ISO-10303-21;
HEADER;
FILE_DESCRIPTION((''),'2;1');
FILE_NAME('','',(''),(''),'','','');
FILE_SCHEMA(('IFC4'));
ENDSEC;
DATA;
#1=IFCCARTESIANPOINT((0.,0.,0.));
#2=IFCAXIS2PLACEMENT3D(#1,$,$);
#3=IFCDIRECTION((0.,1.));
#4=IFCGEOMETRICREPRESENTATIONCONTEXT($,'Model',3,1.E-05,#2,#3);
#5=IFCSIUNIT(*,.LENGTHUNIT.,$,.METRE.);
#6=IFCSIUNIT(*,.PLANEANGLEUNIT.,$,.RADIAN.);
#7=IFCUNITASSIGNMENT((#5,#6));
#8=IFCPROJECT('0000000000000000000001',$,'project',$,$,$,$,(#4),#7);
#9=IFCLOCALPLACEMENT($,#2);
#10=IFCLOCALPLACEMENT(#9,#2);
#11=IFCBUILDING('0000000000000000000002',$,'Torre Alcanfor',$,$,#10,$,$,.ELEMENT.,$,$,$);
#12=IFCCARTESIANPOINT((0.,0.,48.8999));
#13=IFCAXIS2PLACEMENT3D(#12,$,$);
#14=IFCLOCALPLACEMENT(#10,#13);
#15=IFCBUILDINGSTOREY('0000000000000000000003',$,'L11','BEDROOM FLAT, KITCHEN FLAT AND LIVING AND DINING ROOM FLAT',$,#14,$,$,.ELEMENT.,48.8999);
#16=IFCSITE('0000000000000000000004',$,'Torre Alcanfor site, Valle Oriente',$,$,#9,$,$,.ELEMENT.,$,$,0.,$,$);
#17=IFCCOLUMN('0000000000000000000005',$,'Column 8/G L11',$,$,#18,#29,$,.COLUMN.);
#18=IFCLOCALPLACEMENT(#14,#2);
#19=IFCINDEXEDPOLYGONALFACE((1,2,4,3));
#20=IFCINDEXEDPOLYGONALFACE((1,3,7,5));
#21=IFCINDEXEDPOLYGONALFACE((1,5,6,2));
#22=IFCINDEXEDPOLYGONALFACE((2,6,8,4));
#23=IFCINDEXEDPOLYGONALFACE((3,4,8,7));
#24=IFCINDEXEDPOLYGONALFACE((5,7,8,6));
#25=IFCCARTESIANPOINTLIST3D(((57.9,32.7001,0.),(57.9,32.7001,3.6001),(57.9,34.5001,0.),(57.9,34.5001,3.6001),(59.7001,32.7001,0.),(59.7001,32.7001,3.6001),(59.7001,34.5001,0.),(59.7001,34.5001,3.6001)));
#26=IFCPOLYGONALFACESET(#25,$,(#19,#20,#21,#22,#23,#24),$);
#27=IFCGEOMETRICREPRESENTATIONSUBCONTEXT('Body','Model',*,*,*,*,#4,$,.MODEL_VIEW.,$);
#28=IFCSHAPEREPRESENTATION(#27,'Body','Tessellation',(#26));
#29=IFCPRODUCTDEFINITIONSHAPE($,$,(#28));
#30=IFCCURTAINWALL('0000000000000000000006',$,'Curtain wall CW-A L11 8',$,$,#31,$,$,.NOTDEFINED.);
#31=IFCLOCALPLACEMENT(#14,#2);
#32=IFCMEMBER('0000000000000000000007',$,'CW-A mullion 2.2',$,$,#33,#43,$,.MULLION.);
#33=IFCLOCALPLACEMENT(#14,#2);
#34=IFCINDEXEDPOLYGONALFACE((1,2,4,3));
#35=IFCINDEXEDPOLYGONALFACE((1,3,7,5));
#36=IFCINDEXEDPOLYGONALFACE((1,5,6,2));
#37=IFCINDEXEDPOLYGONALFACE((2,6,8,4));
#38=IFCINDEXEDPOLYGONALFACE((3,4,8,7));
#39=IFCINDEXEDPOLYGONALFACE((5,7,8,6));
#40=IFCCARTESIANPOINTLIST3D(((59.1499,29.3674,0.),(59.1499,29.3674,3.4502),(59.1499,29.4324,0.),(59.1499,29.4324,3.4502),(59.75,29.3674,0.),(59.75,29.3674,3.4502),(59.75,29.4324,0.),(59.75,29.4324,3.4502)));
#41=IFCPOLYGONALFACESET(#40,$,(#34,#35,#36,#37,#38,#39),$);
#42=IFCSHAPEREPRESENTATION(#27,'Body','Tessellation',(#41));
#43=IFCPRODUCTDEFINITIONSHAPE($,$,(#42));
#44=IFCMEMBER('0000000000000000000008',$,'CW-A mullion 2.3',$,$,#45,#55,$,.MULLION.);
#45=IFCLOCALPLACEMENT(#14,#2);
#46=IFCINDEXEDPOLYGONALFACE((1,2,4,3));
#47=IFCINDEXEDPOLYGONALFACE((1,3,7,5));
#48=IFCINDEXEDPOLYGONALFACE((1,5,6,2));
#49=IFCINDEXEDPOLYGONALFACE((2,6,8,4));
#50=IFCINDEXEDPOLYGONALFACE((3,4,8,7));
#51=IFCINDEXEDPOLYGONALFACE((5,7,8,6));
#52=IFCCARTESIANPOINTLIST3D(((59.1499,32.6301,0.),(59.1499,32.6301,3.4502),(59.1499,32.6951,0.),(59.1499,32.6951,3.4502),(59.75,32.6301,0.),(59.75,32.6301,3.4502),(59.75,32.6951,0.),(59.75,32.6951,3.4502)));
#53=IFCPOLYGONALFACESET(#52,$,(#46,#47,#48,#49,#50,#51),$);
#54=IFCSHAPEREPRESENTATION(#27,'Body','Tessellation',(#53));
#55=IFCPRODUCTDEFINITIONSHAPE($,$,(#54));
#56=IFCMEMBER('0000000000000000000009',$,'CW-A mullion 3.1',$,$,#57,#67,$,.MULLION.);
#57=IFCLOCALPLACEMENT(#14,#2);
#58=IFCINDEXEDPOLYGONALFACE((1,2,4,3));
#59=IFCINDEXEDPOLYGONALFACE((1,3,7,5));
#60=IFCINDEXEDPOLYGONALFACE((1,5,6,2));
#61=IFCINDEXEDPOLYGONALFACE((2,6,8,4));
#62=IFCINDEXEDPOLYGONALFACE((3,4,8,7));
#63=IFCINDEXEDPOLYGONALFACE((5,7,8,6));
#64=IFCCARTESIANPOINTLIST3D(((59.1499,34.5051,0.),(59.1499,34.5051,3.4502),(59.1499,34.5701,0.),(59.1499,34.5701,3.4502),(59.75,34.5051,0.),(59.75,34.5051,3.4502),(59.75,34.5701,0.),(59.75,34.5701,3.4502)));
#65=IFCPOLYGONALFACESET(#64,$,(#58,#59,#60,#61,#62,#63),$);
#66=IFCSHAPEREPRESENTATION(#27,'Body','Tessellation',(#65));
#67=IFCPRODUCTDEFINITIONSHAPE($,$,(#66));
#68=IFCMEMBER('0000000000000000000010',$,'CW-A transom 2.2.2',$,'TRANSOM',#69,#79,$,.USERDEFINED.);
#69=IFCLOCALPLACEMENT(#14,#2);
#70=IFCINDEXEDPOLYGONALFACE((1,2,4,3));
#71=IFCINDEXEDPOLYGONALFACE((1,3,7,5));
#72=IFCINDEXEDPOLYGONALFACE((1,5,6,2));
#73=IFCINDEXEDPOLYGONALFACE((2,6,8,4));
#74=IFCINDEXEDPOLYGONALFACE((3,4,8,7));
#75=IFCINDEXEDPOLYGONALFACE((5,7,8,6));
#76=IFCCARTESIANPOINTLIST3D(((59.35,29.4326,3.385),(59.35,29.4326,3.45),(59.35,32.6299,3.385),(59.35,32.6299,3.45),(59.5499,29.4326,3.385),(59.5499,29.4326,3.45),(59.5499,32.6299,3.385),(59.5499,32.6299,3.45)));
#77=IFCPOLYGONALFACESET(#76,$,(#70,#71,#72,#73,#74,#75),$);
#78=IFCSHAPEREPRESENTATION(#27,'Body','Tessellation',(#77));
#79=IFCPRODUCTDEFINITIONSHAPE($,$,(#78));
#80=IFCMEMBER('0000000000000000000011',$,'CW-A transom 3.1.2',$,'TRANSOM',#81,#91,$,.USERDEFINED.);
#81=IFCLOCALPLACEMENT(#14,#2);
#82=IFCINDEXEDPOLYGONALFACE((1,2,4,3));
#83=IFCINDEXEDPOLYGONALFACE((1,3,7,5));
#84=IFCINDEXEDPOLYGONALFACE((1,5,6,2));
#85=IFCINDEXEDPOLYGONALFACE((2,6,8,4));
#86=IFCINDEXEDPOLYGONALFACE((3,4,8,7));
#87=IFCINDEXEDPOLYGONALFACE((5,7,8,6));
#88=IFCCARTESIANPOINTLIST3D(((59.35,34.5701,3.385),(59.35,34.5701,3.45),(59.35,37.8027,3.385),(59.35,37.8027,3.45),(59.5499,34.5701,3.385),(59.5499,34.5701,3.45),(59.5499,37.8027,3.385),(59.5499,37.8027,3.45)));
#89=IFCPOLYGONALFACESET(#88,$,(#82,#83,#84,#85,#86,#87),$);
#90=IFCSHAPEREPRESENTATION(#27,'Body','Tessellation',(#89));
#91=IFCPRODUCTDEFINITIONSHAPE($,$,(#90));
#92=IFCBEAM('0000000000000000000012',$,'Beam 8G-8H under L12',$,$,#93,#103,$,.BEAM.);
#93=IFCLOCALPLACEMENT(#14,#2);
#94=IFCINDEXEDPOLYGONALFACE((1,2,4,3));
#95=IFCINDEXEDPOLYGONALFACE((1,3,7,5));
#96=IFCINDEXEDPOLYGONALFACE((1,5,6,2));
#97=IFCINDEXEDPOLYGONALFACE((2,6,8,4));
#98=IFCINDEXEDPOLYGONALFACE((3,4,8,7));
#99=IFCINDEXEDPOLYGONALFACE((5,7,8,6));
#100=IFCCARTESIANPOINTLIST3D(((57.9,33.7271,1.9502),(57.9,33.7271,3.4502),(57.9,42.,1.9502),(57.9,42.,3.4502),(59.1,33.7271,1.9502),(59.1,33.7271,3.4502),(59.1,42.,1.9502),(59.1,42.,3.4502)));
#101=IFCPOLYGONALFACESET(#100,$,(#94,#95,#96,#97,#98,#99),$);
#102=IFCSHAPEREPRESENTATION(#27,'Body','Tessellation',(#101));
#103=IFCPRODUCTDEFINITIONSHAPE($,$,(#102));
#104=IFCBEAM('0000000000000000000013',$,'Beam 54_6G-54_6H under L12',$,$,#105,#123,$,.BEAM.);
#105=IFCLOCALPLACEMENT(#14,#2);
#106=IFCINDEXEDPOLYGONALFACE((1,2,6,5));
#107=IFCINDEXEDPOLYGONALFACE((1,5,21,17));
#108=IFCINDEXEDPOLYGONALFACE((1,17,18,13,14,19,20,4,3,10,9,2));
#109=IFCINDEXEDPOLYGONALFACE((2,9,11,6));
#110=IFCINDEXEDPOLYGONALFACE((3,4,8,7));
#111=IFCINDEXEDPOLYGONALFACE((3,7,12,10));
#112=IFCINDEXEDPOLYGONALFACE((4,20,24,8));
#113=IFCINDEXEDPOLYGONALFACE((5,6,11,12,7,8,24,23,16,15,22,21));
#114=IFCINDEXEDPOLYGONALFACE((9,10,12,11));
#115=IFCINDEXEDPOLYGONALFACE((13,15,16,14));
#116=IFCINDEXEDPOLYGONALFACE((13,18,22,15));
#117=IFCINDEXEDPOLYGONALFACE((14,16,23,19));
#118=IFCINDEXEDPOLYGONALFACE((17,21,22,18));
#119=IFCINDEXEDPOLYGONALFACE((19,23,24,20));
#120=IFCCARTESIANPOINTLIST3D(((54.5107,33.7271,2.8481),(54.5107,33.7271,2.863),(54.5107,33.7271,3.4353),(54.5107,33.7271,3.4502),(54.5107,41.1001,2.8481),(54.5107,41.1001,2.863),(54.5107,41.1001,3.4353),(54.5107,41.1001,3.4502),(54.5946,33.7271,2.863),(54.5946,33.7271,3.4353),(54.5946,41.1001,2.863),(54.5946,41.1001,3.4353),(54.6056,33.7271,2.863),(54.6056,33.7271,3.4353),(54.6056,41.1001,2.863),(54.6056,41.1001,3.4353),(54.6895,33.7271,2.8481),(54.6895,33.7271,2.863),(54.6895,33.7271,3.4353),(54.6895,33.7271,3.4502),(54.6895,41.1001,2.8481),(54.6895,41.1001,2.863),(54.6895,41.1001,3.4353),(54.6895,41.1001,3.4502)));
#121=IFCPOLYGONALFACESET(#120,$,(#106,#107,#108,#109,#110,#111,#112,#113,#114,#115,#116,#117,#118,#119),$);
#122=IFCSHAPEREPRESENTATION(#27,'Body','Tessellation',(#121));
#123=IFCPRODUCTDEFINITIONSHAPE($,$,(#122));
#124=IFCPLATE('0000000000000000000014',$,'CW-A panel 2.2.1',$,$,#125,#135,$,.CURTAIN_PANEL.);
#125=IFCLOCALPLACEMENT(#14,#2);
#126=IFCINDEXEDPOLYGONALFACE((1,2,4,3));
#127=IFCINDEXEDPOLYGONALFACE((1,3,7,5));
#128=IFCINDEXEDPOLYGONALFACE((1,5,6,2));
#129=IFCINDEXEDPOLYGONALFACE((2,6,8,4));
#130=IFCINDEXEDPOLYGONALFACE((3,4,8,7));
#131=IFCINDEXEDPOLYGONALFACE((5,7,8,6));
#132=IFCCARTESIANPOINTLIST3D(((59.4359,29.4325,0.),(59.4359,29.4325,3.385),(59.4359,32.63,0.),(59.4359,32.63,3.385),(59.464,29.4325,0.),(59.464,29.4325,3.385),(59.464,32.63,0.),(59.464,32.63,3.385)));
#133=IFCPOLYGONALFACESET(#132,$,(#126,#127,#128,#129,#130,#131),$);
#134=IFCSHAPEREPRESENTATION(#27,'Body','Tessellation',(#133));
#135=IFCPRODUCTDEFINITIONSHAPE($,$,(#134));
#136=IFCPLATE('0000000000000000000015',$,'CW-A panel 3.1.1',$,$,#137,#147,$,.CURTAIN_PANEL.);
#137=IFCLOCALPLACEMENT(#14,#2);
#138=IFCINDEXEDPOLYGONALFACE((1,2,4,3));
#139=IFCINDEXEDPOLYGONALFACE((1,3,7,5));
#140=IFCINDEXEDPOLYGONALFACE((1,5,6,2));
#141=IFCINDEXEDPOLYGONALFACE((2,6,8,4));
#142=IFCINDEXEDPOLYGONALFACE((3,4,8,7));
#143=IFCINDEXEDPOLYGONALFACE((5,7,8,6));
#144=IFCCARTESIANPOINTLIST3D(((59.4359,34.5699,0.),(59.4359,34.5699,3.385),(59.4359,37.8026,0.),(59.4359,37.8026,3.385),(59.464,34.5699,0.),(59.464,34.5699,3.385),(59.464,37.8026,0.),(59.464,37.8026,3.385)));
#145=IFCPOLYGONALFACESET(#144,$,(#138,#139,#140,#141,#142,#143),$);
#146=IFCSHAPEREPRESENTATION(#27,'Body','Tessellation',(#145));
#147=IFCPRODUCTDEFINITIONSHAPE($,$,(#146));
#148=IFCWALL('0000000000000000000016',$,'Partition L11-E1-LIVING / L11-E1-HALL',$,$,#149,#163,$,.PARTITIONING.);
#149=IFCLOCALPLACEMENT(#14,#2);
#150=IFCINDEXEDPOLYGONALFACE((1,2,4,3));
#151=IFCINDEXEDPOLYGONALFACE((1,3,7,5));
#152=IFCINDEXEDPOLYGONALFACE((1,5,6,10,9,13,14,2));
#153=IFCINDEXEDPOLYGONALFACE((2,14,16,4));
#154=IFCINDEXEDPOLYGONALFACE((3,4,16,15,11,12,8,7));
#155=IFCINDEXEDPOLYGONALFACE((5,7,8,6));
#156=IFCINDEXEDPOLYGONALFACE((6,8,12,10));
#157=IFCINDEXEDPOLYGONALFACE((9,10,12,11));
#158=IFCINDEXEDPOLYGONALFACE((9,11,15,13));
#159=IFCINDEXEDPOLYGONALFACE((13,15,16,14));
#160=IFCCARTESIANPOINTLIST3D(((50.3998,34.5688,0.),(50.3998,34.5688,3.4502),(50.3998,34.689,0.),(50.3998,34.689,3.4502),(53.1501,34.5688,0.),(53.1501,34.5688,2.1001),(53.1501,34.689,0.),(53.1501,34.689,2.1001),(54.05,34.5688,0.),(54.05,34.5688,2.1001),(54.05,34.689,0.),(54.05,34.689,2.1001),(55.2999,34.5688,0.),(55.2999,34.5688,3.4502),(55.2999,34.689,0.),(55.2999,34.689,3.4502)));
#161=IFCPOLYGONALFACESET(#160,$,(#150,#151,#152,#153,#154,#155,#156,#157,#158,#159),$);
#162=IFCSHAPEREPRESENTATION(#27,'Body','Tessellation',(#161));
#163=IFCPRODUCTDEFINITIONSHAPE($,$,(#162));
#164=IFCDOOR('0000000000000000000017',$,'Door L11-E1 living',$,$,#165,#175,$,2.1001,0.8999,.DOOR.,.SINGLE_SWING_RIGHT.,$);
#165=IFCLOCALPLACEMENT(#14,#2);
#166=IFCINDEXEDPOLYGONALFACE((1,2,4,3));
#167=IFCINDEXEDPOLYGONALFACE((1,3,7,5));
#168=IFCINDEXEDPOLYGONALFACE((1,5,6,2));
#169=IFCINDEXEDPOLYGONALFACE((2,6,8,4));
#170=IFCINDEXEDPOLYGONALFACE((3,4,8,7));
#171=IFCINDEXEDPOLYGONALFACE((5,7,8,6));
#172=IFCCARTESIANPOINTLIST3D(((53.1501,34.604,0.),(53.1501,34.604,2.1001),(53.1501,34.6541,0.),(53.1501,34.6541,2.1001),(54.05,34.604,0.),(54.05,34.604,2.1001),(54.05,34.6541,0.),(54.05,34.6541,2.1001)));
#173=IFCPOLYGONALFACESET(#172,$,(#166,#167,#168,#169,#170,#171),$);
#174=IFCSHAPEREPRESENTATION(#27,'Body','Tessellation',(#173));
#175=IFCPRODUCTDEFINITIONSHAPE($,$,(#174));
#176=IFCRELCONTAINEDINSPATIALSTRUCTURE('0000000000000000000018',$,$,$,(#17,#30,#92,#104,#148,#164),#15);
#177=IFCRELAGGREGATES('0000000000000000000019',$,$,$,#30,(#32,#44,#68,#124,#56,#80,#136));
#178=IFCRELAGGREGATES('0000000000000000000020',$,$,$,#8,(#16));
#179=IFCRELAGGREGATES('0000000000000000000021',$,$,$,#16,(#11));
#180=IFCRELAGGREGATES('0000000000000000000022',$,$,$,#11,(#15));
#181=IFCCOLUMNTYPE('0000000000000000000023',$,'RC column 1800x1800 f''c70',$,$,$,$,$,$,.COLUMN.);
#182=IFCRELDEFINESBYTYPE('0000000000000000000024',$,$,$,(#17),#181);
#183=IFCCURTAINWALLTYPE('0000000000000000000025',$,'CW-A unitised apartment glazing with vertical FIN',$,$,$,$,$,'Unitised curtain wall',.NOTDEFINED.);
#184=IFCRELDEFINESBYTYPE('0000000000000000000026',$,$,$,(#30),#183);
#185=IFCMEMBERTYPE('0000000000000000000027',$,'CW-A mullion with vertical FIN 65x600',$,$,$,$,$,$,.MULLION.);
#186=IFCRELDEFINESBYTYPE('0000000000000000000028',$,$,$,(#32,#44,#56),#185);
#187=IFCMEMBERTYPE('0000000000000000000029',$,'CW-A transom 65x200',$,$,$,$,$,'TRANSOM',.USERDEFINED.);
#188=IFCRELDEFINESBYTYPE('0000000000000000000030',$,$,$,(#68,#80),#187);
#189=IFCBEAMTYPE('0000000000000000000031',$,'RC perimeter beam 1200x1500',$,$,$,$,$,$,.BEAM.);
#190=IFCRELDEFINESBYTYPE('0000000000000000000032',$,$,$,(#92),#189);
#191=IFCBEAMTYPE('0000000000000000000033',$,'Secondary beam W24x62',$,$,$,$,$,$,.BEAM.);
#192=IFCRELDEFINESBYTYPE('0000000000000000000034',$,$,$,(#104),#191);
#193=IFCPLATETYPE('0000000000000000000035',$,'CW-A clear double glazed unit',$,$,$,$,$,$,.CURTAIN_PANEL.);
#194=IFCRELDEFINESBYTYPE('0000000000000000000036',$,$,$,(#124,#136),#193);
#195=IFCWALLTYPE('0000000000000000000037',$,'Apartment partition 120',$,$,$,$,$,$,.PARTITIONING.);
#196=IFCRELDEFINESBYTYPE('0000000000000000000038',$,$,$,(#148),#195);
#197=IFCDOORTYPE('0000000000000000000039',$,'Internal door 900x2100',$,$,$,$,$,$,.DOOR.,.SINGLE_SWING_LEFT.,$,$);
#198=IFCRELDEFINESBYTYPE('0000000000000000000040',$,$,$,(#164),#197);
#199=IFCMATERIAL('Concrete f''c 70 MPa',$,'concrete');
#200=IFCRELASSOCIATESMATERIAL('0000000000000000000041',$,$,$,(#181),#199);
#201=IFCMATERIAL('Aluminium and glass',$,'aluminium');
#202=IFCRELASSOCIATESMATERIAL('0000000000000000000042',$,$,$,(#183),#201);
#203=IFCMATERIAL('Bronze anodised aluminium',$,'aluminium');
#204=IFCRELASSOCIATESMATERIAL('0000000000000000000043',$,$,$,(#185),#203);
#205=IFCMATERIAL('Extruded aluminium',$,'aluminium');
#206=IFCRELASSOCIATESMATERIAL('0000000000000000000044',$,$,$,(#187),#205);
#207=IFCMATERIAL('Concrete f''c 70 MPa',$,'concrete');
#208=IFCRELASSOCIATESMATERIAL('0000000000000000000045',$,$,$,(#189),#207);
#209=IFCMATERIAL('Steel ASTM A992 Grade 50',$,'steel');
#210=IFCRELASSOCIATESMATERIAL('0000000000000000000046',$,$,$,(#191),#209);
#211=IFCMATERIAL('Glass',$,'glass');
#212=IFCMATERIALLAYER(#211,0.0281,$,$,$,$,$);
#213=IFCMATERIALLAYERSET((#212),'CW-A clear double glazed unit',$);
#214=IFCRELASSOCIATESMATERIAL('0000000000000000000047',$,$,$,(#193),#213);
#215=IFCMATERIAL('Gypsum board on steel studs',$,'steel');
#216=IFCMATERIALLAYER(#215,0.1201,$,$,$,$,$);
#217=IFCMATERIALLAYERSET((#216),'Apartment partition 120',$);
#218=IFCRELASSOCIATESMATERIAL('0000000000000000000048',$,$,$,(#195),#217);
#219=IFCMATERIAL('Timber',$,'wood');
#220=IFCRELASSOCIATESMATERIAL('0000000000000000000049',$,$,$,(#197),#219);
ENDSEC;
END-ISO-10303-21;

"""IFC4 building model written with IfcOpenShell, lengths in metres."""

from ifc_helpers import new_model, si_unit, direction, frame, frame_2d, origin, origin_2d, place, context, subcontext, project, spatial, rectangle, i_section, extrude, material, layer, layer_set, material_profile, profile_set, type_object, element, fill, aggregate, save


model = new_model("IFC4")

# Units and contexts
model_context = context("Model", 3, precision=1e-05, world=origin(), true_north=direction((0.0, 1.0)))
body_context = subcontext(model_context, "Body", "Model", "MODEL_VIEW")
ifc_project = project(units=[si_unit("LENGTHUNIT", "METRE"), si_unit("PLANEANGLEUNIT", "RADIAN")], contexts=[model_context])

# Site, building, storey
site_placement = place(None, origin())
site = spatial("IfcSite", under=ifc_project, at=site_placement, Name="Torre Alcanfor site, Valle Oriente", CompositionType="ELEMENT", RefElevation=0.0)
building_placement = place(site_placement, origin())
building = spatial("IfcBuilding", under=site, at=building_placement, Name="Torre Alcanfor", CompositionType="ELEMENT")
storey_placement = place(building_placement, frame((0.0, 0.0, 48.8999)))
storey = spatial("IfcBuildingStorey", under=building, at=storey_placement, Name="L11", Description="BEDROOM FLAT, KITCHEN FLAT AND LIVING AND DINING ROOM FLAT", CompositionType="ELEMENT", Elevation=48.8999)

# Column
ifc_material_1 = material(Name="Concrete f'c 70 MPa", Category="concrete")
ifc_material_profile_1 = material_profile(ifc_material_1, rectangle(XDim=1.8, YDim=1.8, at=origin_2d()), Name="1800x1800")
ifc_profile_set_1 = profile_set([ifc_material_profile_1], Name="Concrete f'c 70 MPa")
column_type = type_object("IfcColumnType", Name="RC column 1800x1800 f'c70", PredefinedType="COLUMN", material=ifc_profile_set_1)
column_placement = place(storey_placement, frame((58.8, 33.6001, 0.0), z_axis=(0.0, 0.0, 1.0), x_axis=(1.0, 0.0, 0.0)))
element("IfcColumn", 1, at=column_placement, inside=storey, type_object=column_type, Name="Column 8/G L11", PredefinedType="COLUMN", context=body_context, shape_type="SweptSolid", body=[
    extrude(rectangle(XDim=1.8, YDim=1.8, at=origin_2d()), origin(), (0.0, 0.0, 1.0), 3.6001),
])

# Curtain wall, members
ifc_material_2 = material(Name="Aluminium and glass", Category="aluminium")
curtain_wall_type = type_object("IfcCurtainWallType", Name="CW-A unitised apartment glazing with vertical FIN", ElementType="Unitised curtain wall", PredefinedType="NOTDEFINED", material=ifc_material_2)
curtain_wall_placement = place(storey_placement, origin())
curtain_wall = element("IfcCurtainWall", 2, at=curtain_wall_placement, inside=storey, type_object=curtain_wall_type, Name="Curtain wall CW-A L11 8", PredefinedType="NOTDEFINED")
ifc_material_3 = material(Name="Bronze anodised aluminium", Category="aluminium")
ifc_material_profile_2 = material_profile(ifc_material_3, rectangle(XDim=0.6001, YDim=0.0649, at=origin_2d()), Name="CW-A mullion 65x600")
ifc_profile_set_2 = profile_set([ifc_material_profile_2], Name="Bronze anodised aluminium")
member_type_1 = type_object("IfcMemberType", Name="CW-A mullion with vertical FIN 65x600", PredefinedType="MULLION", material=ifc_profile_set_2)
member_1_placement = place(storey_placement, frame((59.45, 29.3999, 0.0), z_axis=(0.0, 0.0, 1.0), x_axis=(-1.0, 0.0, 0.0)))
member_1 = element("IfcMember", 3, at=member_1_placement, type_object=member_type_1, Name="CW-A mullion 2.2", PredefinedType="MULLION", context=body_context, shape_type="SweptSolid", body=[
    extrude(rectangle(XDim=0.6001, YDim=0.0649, at=origin_2d()), origin(), (0.0, 0.0, 1.0), 3.4502),
])
member_2_placement = place(storey_placement, frame((59.45, 32.6626, 0.0), z_axis=(0.0, 0.0, 1.0), x_axis=(-1.0, 0.0, 0.0)))
member_2 = element("IfcMember", 4, at=member_2_placement, type_object=member_type_1, Name="CW-A mullion 2.3", PredefinedType="MULLION", context=body_context, shape_type="SweptSolid", body=[
    extrude(rectangle(XDim=0.6001, YDim=0.0649, at=origin_2d()), origin(), (0.0, 0.0, 1.0), 3.4502),
])
member_3_placement = place(storey_placement, frame((59.45, 34.5376, 0.0), z_axis=(0.0, 0.0, 1.0), x_axis=(-1.0, 0.0, 0.0)))
member_3 = element("IfcMember", 5, at=member_3_placement, type_object=member_type_1, Name="CW-A mullion 3.1", PredefinedType="MULLION", context=body_context, shape_type="SweptSolid", body=[
    extrude(rectangle(XDim=0.6001, YDim=0.0649, at=origin_2d()), origin(), (0.0, 0.0, 1.0), 3.4502),
])
ifc_material_4 = material(Name="Extruded aluminium", Category="aluminium")
ifc_material_profile_3 = material_profile(ifc_material_4, rectangle(XDim=0.2, YDim=0.0649, at=origin_2d()), Name="CW-A transom 200x65")
ifc_profile_set_3 = profile_set([ifc_material_profile_3], Name="Extruded aluminium")
member_type_2 = type_object("IfcMemberType", Name="CW-A transom 65x200", ElementType="TRANSOM", PredefinedType="USERDEFINED", material=ifc_profile_set_3)
member_4_placement = place(storey_placement, frame((59.45, 29.4326, 3.4175), z_axis=(0.0, 1.0, 0.0), x_axis=(-1.0, 0.0, 0.0)))
member_4 = element("IfcMember", 6, at=member_4_placement, type_object=member_type_2, Name="CW-A transom 2.2.2", ObjectType="TRANSOM", PredefinedType="USERDEFINED", context=body_context, shape_type="SweptSolid", body=[
    extrude(rectangle(XDim=0.2, YDim=0.0649, at=origin_2d()), origin(), (0.0, 0.0, 1.0), 3.1973),
])
member_5_placement = place(storey_placement, frame((59.45, 34.5701, 3.4175), z_axis=(0.0, 1.0, 0.0), x_axis=(-1.0, 0.0, 0.0)))
member_5 = element("IfcMember", 7, at=member_5_placement, type_object=member_type_2, Name="CW-A transom 3.1.2", ObjectType="TRANSOM", PredefinedType="USERDEFINED", context=body_context, shape_type="SweptSolid", body=[
    extrude(rectangle(XDim=0.2, YDim=0.0649, at=origin_2d()), origin(), (0.0, 0.0, 1.0), 3.2327),
])

# Beams
ifc_material_5 = material(Name="Concrete f'c 70 MPa", Category="concrete")
ifc_material_profile_4 = material_profile(ifc_material_5, rectangle(XDim=1.2, YDim=1.5, at=origin_2d()), Name="1200x1500")
ifc_profile_set_4 = profile_set([ifc_material_profile_4], Name="Concrete f'c 70 MPa")
beam_type_1 = type_object("IfcBeamType", Name="RC perimeter beam 1200x1500", PredefinedType="BEAM", material=ifc_profile_set_4)
beam_1_placement = place(storey_placement, frame((58.5, 33.7271, 2.7002), z_axis=(0.0, 1.0, 0.0), x_axis=(-1.0, 0.0, 0.0)))
element("IfcBeam", 8, at=beam_1_placement, inside=storey, type_object=beam_type_1, Name="Beam 8G-8H under L12", PredefinedType="BEAM", context=body_context, shape_type="SweptSolid", body=[
    extrude(rectangle(XDim=1.2, YDim=1.5, at=origin_2d()), origin(), (0.0, 0.0, 1.0), 8.2729),
])
ifc_material_6 = material(Name="Steel ASTM A992 Grade 50", Category="steel")
ifc_material_profile_5 = material_profile(ifc_material_6, i_section(OverallWidth=0.1787, OverallDepth=0.6021, WebThickness=0.011, FlangeThickness=0.0149, at=origin_2d()), Name="W24x62")
ifc_profile_set_5 = profile_set([ifc_material_profile_5], Name="Steel ASTM A992 Grade 50")
beam_type_2 = type_object("IfcBeamType", Name="Secondary beam W24x62", PredefinedType="BEAM", material=ifc_profile_set_5)
beam_2_placement = place(storey_placement, frame((54.6001, 33.7271, 3.1492), z_axis=(0.0, 1.0, 0.0), x_axis=(-1.0, 0.0, 0.0)))
element("IfcBeam", 9, at=beam_2_placement, inside=storey, type_object=beam_type_2, Name="Beam 54_6G-54_6H under L12", PredefinedType="BEAM", context=body_context, shape_type="SweptSolid", body=[
    extrude(i_section(OverallWidth=0.1787, OverallDepth=0.6021, WebThickness=0.011, FlangeThickness=0.0149, at=origin_2d()), origin(), (0.0, 0.0, 1.0), 7.373),
])

# Plates
ifc_material_7 = material(Name="Glass", Category="glass")
ifc_layer_1 = layer(ifc_material_7, 0.0281)
ifc_layer_set_1 = layer_set([ifc_layer_1], Name="CW-A clear double glazed unit")
plate_type = type_object("IfcPlateType", Name="CW-A clear double glazed unit", PredefinedType="CURTAIN_PANEL", material=ifc_layer_set_1)
plate_1_placement = place(storey_placement, frame((59.45, 31.0312, 0.0), z_axis=(0.0, 0.0, 1.0), x_axis=(0.0, 1.0, 0.0)))
plate_1 = element("IfcPlate", 10, at=plate_1_placement, type_object=plate_type, Name="CW-A panel 2.2.1", PredefinedType="CURTAIN_PANEL", context=body_context, shape_type="SweptSolid", body=[
    extrude(rectangle(XDim=3.1975, YDim=0.0281, at=origin_2d()), origin(), (0.0, 0.0, 1.0), 3.385),
])
plate_2_placement = place(storey_placement, frame((59.45, 36.1863, 0.0), z_axis=(0.0, 0.0, 1.0), x_axis=(0.0, 1.0, 0.0)))
plate_2 = element("IfcPlate", 11, at=plate_2_placement, type_object=plate_type, Name="CW-A panel 3.1.1", PredefinedType="CURTAIN_PANEL", context=body_context, shape_type="SweptSolid", body=[
    extrude(rectangle(XDim=3.2327, YDim=0.0281, at=origin_2d()), origin(), (0.0, 0.0, 1.0), 3.385),
])
aggregate(curtain_wall, [member_1, member_2, member_4, plate_1, member_3, member_5, plate_2])

# Wall, opening, door
ifc_material_8 = material(Name="Gypsum board on steel studs", Category="steel")
ifc_layer_2 = layer(ifc_material_8, 0.1201)
ifc_layer_set_2 = layer_set([ifc_layer_2], Name="Apartment partition 120")
wall_type = type_object("IfcWallType", Name="Apartment partition 120", PredefinedType="PARTITIONING", material=ifc_layer_set_2)
wall_1_placement = place(storey_placement, frame((55.3, 34.6289, 0.0), z_axis=(0.0, 0.0, 1.0), x_axis=(-1.0, 0.0, 0.0)))
wall_1 = element("IfcWall", 12, at=wall_1_placement, inside=storey, type_object=wall_type, Name="Partition L11-E1-LIVING / L11-E1-HALL", PredefinedType="PARTITIONING", context=body_context, shape_type="SweptSolid", body=[
    extrude(rectangle(XDim=4.9001, YDim=0.1201, at=frame_2d((2.4502, 0.0))), origin(), (0.0, 0.0, 1.0), 3.4502),
])
opening_1_placement = place(wall_1_placement, frame((1.25, 0.0, 0.0)))
opening_1 = element("IfcOpeningElement", 13, at=opening_1_placement, cuts=wall_1, PredefinedType="OPENING", context=body_context, shape_type="SweptSolid", body=[
    extrude(rectangle(XDim=0.8999, YDim=2.1001, at=frame_2d((0.45, 1.05))), frame((0.0, 0.0701, 0.0), z_axis=(0.0, -1.0, 0.0), x_axis=(1.0, 0.0, 0.0)), (0.0, 0.0, 1.0), 0.1401),
])
ifc_material_9 = material(Name="Timber", Category="wood")
door_type = type_object("IfcDoorType", Name="Internal door 900x2100", OperationType="SINGLE_SWING_LEFT", PredefinedType="DOOR", material=ifc_material_9)
door_1_placement = place(opening_1_placement, origin())
door_1 = element("IfcDoor", 14, at=door_1_placement, inside=storey, type_object=door_type, Name="Door L11-E1 living", OperationType="SINGLE_SWING_RIGHT", OverallHeight=2.1001, OverallWidth=0.8999, PredefinedType="DOOR", context=body_context, shape_type="SweptSolid", body=[
    extrude(rectangle(XDim=0.8999, YDim=2.1001, at=frame_2d((0.45, 1.05))), frame((0.0, 0.0249, 0.0), z_axis=(0.0, -1.0, 0.0), x_axis=(1.0, 0.0, 0.0)), (0.0, 0.0, 1.0), 0.05),
])
fill(opening_1, door_1)

save(model, "model.ifc")
